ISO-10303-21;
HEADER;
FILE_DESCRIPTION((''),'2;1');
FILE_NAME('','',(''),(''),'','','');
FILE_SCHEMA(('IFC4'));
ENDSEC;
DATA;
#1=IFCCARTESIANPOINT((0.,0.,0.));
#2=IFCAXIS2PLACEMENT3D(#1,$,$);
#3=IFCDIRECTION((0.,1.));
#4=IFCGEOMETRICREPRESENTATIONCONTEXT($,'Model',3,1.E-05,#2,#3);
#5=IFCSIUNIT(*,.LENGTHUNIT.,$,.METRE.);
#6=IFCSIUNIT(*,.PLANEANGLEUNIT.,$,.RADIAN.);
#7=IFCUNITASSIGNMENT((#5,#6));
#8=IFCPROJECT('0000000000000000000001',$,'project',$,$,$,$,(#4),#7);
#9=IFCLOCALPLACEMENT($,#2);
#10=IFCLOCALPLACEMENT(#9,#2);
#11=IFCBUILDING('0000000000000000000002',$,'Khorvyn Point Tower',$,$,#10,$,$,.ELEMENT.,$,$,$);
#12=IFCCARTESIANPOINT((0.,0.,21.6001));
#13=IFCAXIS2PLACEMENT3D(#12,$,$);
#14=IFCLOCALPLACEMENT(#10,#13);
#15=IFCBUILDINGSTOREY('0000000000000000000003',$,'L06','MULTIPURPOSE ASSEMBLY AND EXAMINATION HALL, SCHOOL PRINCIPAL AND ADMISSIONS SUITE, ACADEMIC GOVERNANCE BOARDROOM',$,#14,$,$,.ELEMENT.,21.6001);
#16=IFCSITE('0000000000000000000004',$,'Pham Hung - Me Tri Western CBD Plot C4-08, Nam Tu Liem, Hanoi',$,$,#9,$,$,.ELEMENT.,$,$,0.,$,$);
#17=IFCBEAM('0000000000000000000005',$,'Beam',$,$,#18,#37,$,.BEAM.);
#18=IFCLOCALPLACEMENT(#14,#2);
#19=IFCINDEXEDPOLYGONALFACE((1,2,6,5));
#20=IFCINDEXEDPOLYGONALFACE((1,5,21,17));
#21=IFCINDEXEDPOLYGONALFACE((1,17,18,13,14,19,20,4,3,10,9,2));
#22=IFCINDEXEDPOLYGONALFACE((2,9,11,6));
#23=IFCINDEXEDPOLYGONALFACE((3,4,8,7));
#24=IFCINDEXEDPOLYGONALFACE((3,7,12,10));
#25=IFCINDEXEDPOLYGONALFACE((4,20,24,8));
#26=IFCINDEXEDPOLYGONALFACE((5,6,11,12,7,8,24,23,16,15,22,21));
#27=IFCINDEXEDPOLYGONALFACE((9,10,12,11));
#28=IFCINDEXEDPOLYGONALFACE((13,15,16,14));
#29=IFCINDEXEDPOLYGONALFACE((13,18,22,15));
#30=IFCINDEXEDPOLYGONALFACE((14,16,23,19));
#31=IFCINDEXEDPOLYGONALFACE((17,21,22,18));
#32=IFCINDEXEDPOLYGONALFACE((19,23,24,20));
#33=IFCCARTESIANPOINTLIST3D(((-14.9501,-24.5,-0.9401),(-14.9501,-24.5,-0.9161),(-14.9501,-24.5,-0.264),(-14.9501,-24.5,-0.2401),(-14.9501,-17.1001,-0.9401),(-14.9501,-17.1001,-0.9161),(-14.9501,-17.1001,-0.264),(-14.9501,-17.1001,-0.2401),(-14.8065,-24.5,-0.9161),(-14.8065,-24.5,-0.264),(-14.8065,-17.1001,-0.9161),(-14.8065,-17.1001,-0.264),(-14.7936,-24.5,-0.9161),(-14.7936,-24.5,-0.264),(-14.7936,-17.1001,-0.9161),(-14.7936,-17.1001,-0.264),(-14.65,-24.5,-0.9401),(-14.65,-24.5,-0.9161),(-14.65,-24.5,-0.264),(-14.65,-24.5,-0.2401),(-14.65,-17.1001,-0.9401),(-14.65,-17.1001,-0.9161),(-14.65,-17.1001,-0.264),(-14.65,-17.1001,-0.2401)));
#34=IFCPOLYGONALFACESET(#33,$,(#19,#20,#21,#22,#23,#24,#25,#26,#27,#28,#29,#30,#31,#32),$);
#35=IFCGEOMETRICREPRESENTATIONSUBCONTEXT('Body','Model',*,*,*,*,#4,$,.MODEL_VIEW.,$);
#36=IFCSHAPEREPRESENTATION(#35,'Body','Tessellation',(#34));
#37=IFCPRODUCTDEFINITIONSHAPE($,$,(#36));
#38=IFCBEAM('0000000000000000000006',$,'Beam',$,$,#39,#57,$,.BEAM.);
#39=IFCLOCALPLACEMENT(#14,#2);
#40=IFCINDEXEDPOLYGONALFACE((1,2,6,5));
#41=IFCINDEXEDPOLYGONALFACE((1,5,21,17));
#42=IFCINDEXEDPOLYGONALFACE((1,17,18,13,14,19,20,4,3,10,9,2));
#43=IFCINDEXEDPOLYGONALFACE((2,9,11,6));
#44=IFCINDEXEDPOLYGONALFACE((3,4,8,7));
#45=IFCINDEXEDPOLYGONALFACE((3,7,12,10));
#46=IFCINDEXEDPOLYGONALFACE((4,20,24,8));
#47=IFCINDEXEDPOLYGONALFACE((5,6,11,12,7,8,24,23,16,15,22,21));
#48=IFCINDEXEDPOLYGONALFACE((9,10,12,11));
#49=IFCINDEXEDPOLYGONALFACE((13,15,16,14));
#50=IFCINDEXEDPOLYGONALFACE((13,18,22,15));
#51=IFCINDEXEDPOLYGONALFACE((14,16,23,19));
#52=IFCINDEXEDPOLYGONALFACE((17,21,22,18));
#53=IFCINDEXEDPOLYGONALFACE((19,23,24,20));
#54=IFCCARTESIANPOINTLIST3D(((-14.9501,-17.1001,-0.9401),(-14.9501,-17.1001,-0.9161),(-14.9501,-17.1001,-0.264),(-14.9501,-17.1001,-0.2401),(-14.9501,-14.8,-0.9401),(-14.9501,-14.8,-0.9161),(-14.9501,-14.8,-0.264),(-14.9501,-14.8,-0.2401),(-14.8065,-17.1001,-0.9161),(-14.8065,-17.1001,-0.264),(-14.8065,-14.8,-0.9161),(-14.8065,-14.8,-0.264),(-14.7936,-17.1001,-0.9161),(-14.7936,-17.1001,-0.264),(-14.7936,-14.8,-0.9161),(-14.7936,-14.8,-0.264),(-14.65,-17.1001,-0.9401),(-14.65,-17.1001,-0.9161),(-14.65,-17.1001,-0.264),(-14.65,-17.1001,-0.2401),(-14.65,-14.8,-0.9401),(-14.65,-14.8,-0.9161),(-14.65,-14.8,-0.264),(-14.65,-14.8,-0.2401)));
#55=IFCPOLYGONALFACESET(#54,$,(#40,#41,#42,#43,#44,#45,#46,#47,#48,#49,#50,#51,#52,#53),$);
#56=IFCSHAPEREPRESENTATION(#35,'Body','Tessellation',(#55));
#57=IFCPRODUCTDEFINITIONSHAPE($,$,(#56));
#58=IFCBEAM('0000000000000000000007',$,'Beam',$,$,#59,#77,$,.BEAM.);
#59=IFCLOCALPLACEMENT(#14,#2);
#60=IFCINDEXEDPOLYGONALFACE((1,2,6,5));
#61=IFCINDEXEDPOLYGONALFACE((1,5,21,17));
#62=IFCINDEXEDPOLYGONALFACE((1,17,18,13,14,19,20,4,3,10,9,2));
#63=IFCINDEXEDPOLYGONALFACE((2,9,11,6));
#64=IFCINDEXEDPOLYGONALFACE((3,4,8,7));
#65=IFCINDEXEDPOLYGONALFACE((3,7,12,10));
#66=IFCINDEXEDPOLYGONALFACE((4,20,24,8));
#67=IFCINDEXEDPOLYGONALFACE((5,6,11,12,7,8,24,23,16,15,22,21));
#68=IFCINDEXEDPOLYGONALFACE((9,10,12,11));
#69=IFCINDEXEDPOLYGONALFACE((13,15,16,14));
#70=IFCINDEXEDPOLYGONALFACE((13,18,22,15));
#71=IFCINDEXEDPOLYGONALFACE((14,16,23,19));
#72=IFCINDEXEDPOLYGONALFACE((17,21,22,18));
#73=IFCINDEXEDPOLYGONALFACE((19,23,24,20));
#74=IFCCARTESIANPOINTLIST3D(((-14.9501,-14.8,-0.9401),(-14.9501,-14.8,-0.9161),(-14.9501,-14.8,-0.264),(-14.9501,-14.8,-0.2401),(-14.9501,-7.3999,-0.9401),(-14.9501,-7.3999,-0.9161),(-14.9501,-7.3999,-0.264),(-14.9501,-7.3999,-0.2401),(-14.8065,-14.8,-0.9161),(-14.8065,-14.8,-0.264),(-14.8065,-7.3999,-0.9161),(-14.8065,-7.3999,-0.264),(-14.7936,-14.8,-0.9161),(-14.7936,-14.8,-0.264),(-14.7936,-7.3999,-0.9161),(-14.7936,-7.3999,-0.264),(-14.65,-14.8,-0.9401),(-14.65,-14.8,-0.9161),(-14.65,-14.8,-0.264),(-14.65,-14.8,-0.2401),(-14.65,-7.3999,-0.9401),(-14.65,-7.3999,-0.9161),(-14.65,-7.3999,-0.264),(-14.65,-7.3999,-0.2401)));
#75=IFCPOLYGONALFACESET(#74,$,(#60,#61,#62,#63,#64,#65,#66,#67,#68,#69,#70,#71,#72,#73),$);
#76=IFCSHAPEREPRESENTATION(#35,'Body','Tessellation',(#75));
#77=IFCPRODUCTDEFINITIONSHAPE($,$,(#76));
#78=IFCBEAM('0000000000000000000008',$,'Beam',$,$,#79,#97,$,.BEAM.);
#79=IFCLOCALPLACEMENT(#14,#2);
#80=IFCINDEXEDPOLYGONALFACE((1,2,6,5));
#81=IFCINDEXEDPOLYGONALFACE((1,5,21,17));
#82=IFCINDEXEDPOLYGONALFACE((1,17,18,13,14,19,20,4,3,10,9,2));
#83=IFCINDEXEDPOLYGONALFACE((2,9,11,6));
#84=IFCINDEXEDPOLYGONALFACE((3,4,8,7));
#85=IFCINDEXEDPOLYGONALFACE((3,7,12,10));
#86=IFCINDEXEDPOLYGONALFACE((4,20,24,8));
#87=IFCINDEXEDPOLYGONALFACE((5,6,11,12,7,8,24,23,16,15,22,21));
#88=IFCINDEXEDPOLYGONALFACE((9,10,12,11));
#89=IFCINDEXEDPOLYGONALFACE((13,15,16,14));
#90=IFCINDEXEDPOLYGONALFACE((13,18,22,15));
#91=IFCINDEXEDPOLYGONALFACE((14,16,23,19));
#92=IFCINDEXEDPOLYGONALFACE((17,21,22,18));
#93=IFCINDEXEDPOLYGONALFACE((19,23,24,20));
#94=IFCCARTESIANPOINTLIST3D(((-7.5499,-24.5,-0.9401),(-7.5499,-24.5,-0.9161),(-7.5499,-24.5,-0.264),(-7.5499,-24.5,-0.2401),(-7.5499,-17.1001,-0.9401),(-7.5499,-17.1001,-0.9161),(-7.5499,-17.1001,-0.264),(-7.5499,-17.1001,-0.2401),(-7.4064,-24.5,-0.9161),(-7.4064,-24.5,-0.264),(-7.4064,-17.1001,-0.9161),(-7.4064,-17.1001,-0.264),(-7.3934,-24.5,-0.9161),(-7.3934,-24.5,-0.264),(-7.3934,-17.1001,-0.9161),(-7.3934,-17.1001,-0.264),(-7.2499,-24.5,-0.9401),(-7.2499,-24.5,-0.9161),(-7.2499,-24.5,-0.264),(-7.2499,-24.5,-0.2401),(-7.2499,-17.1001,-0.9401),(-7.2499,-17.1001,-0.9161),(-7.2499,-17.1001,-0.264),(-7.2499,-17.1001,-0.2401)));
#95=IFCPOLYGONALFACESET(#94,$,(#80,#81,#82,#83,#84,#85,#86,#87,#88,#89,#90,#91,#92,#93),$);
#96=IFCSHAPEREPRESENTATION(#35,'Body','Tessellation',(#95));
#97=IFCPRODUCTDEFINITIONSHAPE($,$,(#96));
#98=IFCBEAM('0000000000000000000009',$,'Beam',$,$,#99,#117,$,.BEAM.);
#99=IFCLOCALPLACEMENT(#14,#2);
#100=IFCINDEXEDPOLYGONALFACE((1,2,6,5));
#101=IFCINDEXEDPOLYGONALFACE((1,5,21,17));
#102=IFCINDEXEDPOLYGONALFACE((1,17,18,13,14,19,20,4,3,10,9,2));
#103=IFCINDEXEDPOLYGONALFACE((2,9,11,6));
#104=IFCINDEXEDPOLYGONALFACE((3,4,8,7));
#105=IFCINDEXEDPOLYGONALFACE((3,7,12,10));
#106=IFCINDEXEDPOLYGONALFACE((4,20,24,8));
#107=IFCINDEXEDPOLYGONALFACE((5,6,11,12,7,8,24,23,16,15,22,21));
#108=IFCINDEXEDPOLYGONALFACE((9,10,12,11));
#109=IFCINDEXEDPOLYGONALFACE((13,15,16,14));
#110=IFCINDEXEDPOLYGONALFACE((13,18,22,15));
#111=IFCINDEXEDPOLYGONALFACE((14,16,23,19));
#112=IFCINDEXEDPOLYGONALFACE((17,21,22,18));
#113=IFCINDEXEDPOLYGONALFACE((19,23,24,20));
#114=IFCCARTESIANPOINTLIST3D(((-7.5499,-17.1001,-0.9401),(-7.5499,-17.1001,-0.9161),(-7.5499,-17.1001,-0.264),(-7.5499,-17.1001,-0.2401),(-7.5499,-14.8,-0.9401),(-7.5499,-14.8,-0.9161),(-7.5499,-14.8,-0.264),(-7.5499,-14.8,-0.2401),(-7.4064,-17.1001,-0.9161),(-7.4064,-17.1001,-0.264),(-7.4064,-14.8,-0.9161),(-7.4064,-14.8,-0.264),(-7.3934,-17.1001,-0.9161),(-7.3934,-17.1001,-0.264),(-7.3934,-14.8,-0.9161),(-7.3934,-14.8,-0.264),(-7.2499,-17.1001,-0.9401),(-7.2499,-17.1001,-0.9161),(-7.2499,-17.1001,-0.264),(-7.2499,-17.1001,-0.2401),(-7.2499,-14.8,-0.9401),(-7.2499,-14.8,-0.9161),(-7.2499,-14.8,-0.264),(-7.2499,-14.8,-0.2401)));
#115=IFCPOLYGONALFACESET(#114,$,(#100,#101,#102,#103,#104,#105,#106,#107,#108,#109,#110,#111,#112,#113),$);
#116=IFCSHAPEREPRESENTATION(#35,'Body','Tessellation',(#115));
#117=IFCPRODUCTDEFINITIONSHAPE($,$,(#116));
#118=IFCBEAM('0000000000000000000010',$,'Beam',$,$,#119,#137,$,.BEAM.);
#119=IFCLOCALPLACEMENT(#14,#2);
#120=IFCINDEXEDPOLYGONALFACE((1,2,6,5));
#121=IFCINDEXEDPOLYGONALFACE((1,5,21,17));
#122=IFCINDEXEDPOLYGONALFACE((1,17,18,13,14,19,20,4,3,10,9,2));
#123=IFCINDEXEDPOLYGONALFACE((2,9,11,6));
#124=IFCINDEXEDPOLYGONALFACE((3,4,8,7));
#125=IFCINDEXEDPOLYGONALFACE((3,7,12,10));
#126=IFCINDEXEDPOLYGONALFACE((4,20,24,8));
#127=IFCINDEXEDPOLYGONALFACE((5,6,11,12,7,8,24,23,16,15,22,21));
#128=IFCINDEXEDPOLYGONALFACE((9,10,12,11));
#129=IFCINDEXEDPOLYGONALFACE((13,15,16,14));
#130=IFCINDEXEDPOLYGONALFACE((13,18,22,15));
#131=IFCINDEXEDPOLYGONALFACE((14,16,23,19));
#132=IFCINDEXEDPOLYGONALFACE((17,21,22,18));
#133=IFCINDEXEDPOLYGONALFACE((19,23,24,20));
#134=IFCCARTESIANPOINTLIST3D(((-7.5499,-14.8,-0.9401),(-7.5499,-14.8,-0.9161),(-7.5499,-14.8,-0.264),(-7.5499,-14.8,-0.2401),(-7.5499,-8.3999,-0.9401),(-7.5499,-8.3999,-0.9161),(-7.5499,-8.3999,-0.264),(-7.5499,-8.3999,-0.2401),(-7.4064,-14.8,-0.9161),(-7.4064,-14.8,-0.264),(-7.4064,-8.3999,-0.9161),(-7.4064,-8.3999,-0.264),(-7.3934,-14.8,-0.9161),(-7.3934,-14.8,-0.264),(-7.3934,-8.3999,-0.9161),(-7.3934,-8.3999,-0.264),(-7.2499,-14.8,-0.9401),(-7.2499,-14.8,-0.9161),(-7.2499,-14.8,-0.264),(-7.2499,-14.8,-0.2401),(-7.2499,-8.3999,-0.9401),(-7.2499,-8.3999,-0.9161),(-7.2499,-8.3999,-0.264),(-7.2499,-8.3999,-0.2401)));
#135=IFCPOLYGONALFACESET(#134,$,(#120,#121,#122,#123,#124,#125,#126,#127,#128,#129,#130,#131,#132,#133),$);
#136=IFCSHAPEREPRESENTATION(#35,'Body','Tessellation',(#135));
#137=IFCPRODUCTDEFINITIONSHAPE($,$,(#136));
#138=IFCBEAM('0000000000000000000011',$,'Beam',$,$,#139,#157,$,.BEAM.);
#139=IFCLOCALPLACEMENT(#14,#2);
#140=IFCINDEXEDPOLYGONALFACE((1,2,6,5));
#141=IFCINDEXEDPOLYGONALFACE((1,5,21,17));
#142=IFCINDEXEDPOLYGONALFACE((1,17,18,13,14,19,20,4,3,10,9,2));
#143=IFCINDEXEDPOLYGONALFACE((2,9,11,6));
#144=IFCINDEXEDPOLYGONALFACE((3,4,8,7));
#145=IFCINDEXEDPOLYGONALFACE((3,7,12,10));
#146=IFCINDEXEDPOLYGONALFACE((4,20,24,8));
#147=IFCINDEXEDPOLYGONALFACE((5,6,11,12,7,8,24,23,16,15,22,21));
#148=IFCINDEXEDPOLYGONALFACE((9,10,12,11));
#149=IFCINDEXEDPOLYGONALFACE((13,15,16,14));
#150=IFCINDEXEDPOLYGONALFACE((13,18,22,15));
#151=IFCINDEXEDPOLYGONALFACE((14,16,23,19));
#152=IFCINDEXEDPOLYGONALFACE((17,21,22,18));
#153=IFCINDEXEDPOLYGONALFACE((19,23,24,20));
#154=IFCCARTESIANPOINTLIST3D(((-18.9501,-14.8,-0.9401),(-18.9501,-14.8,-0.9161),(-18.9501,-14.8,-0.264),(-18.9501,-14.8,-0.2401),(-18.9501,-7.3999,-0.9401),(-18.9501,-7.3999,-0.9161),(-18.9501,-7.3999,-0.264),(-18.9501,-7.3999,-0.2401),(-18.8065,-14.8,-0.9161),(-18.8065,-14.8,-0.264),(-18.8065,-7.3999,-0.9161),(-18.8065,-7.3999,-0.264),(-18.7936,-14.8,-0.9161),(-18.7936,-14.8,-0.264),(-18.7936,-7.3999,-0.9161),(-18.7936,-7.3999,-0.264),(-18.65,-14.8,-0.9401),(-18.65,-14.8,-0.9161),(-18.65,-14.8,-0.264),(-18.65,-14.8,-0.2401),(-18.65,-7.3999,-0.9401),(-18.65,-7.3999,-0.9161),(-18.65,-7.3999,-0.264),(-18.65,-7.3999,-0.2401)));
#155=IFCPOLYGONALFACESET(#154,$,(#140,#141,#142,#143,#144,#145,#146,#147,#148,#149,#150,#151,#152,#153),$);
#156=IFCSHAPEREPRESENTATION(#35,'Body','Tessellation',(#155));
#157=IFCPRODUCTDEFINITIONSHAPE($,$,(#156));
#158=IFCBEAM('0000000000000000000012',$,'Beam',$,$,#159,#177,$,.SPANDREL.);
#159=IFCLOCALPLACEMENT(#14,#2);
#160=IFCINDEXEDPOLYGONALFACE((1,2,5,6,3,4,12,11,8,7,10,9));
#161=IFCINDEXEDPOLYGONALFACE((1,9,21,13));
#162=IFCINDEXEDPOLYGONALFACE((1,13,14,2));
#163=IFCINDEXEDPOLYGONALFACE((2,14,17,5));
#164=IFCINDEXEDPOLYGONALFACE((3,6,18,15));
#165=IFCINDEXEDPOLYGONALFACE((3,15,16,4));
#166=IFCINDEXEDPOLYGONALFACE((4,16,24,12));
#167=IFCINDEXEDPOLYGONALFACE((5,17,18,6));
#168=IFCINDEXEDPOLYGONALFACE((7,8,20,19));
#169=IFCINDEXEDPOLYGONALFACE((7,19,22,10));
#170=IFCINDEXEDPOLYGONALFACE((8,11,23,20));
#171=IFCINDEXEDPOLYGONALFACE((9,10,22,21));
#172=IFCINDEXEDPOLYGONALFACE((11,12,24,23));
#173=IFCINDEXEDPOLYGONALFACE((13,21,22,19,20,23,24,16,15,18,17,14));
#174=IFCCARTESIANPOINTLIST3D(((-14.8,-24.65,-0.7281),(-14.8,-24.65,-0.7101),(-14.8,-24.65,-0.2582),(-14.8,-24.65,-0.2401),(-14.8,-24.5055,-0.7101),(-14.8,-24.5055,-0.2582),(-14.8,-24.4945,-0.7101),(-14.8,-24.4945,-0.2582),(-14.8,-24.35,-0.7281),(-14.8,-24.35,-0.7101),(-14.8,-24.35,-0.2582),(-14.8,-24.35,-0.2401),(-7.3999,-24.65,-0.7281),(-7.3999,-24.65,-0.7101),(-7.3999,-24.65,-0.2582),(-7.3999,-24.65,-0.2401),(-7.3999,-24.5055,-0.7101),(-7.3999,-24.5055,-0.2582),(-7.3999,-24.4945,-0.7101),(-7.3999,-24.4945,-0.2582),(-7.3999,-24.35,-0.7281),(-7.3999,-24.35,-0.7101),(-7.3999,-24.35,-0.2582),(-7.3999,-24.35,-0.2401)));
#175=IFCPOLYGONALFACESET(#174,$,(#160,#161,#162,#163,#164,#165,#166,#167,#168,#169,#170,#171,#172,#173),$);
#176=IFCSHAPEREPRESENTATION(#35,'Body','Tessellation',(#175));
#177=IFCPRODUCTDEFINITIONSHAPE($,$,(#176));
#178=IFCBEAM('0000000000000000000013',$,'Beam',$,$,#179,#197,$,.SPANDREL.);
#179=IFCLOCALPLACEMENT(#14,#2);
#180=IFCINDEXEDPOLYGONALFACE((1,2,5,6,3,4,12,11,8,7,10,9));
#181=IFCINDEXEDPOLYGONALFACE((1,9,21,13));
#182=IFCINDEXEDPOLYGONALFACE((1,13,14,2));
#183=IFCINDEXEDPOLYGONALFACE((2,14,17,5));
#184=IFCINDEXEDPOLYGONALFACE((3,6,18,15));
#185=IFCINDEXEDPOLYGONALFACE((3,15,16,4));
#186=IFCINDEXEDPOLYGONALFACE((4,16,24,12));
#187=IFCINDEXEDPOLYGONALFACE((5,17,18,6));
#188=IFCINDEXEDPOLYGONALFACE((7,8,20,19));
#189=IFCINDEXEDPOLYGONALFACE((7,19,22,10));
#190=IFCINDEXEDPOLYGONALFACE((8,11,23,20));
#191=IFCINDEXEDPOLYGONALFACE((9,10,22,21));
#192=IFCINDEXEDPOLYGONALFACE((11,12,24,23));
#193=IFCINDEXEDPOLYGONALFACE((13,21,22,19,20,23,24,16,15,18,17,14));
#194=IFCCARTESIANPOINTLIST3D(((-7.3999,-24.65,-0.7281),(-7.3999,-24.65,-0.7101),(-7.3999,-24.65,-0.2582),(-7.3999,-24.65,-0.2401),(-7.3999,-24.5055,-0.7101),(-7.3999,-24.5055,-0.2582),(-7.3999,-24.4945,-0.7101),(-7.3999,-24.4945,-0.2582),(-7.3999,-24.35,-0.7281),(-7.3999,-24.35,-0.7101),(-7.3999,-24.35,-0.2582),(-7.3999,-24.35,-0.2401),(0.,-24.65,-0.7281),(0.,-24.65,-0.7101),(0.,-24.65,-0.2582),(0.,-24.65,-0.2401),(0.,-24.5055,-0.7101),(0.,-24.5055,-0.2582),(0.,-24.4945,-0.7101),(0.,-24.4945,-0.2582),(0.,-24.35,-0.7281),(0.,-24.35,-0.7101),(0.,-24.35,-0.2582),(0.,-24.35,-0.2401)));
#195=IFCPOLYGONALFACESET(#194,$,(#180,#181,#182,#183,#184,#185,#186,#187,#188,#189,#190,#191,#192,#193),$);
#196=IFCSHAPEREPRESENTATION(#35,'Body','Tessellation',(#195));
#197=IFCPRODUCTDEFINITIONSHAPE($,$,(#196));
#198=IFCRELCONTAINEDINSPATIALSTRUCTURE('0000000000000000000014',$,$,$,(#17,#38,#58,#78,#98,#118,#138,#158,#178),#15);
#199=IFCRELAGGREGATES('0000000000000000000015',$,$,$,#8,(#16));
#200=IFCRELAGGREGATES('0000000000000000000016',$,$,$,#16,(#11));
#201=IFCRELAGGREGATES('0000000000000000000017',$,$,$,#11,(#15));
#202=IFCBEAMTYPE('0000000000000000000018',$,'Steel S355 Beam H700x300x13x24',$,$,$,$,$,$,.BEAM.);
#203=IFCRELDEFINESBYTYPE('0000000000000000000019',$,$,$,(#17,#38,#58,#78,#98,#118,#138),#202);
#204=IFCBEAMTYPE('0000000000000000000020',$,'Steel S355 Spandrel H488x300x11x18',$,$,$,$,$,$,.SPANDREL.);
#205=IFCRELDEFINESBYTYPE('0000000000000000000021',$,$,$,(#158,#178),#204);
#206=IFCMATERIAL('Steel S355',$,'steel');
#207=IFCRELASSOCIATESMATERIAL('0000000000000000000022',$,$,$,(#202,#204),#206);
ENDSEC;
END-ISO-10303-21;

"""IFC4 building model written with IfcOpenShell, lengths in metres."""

from ifc_helpers import new_model, si_unit, direction, frame, origin, origin_2d, place, context, subcontext, project, spatial, i_section, extrude, material, material_profile, profile_set, type_object, element, save


model = new_model("IFC4")

# Units and contexts
model_context = context("Model", 3, precision=1e-05, world=origin(), true_north=direction((0.0, 1.0)))
body_context = subcontext(model_context, "Body", "Model", "MODEL_VIEW")
ifc_project = project(units=[si_unit("LENGTHUNIT", "METRE"), si_unit("PLANEANGLEUNIT", "RADIAN")], contexts=[model_context])

# Site, building, storey
site_placement = place(None, origin())
site = spatial("IfcSite", under=ifc_project, at=site_placement, Name="Pham Hung - Me Tri Western CBD Plot C4-08, Nam Tu Liem, Hanoi", CompositionType="ELEMENT", RefElevation=0.0)
building_placement = place(site_placement, origin())
building = spatial("IfcBuilding", under=site, at=building_placement, Name="Khorvyn Point Tower", CompositionType="ELEMENT")
storey_placement = place(building_placement, frame((0.0, 0.0, 21.6001)))
storey = spatial("IfcBuildingStorey", under=building, at=storey_placement, Name="L06", Description="MULTIPURPOSE ASSEMBLY AND EXAMINATION HALL, SCHOOL PRINCIPAL AND ADMISSIONS SUITE, ACADEMIC GOVERNANCE BOARDROOM", CompositionType="ELEMENT", Elevation=21.6001)

# Beams
ifc_material_1 = material(Name="Steel S355", Category="steel")
ifc_material_profile_1 = material_profile(ifc_material_1, i_section(OverallWidth=0.3, OverallDepth=0.7, WebThickness=0.0129, FlangeThickness=0.0239, at=origin_2d()))
ifc_profile_set_1 = profile_set([ifc_material_profile_1], Name="Steel S355 H700x300x13x24")
beam_type_1 = type_object("IfcBeamType", Name="Steel S355 Beam H700x300x13x24", PredefinedType="BEAM", material=ifc_profile_set_1)
beam_1_placement = place(storey_placement, frame((-14.8, -24.5, -0.5901), z_axis=(0.0, 1.0, 0.0), x_axis=(-1.0, 0.0, 0.0)))
element("IfcBeam", 1, at=beam_1_placement, inside=storey, type_object=beam_type_1, Name="Beam", PredefinedType="BEAM", context=body_context, shape_type="SweptSolid", body=[
    extrude(i_section(OverallWidth=0.3, OverallDepth=0.7, WebThickness=0.0129, FlangeThickness=0.0239, at=origin_2d()), origin(), (0.0, 0.0, 1.0), 7.3999),
])
beam_2_placement = place(storey_placement, frame((-14.8, -17.1001, -0.5901), z_axis=(0.0, 1.0, 0.0), x_axis=(-1.0, 0.0, 0.0)))
element("IfcBeam", 2, at=beam_2_placement, inside=storey, type_object=beam_type_1, Name="Beam", PredefinedType="BEAM", context=body_context, shape_type="SweptSolid", body=[
    extrude(i_section(OverallWidth=0.3, OverallDepth=0.7, WebThickness=0.0129, FlangeThickness=0.0239, at=origin_2d()), origin(), (0.0, 0.0, 1.0), 2.3),
])
beam_3_placement = place(storey_placement, frame((-14.8, -14.8, -0.5901), z_axis=(0.0, 1.0, 0.0), x_axis=(-1.0, 0.0, 0.0)))
element("IfcBeam", 3, at=beam_3_placement, inside=storey, type_object=beam_type_1, Name="Beam", PredefinedType="BEAM", context=body_context, shape_type="SweptSolid", body=[
    extrude(i_section(OverallWidth=0.3, OverallDepth=0.7, WebThickness=0.0129, FlangeThickness=0.0239, at=origin_2d()), origin(), (0.0, 0.0, 1.0), 7.4001),
])
beam_4_placement = place(storey_placement, frame((-7.3999, -24.5, -0.5901), z_axis=(0.0, 1.0, 0.0), x_axis=(-1.0, 0.0, 0.0)))
element("IfcBeam", 4, at=beam_4_placement, inside=storey, type_object=beam_type_1, Name="Beam", PredefinedType="BEAM", context=body_context, shape_type="SweptSolid", body=[
    extrude(i_section(OverallWidth=0.3, OverallDepth=0.7, WebThickness=0.0129, FlangeThickness=0.0239, at=origin_2d()), origin(), (0.0, 0.0, 1.0), 7.3999),
])
beam_5_placement = place(storey_placement, frame((-7.3999, -17.1001, -0.5901), z_axis=(0.0, 1.0, 0.0), x_axis=(-1.0, 0.0, 0.0)))
element("IfcBeam", 5, at=beam_5_placement, inside=storey, type_object=beam_type_1, Name="Beam", PredefinedType="BEAM", context=body_context, shape_type="SweptSolid", body=[
    extrude(i_section(OverallWidth=0.3, OverallDepth=0.7, WebThickness=0.0129, FlangeThickness=0.0239, at=origin_2d()), origin(), (0.0, 0.0, 1.0), 2.3),
])
beam_6_placement = place(storey_placement, frame((-7.3999, -14.8, -0.5901), z_axis=(0.0, 1.0, 0.0), x_axis=(-1.0, 0.0, 0.0)))
element("IfcBeam", 6, at=beam_6_placement, inside=storey, type_object=beam_type_1, Name="Beam", PredefinedType="BEAM", context=body_context, shape_type="SweptSolid", body=[
    extrude(i_section(OverallWidth=0.3, OverallDepth=0.7, WebThickness=0.0129, FlangeThickness=0.0239, at=origin_2d()), origin(), (0.0, 0.0, 1.0), 6.4001),
])
beam_7_placement = place(storey_placement, frame((-18.8, -14.8, -0.5901), z_axis=(0.0, 1.0, 0.0), x_axis=(-1.0, 0.0, 0.0)))
element("IfcBeam", 7, at=beam_7_placement, inside=storey, type_object=beam_type_1, Name="Beam", PredefinedType="BEAM", context=body_context, shape_type="SweptSolid", body=[
    extrude(i_section(OverallWidth=0.3, OverallDepth=0.7, WebThickness=0.0129, FlangeThickness=0.0239, at=origin_2d()), origin(), (0.0, 0.0, 1.0), 7.4001),
])
ifc_material_profile_2 = material_profile(ifc_material_1, i_section(OverallWidth=0.3, OverallDepth=0.488, WebThickness=0.011, FlangeThickness=0.0181, at=origin_2d()))
ifc_profile_set_2 = profile_set([ifc_material_profile_2], Name="Steel S355 H488x300x11x18")
beam_type_2 = type_object("IfcBeamType", Name="Steel S355 Spandrel H488x300x11x18", PredefinedType="SPANDREL", material=ifc_profile_set_2)
beam_8_placement = place(storey_placement, frame((-14.8, -24.5, -0.4841), z_axis=(1.0, 0.0, 0.0), x_axis=(0.0, 1.0, 0.0)))
element("IfcBeam", 8, at=beam_8_placement, inside=storey, type_object=beam_type_2, Name="Beam", PredefinedType="SPANDREL", context=body_context, shape_type="SweptSolid", body=[
    extrude(i_section(OverallWidth=0.3, OverallDepth=0.488, WebThickness=0.011, FlangeThickness=0.0181, at=origin_2d()), origin(), (0.0, 0.0, 1.0), 7.4001),
])
beam_9_placement = place(storey_placement, frame((-7.3999, -24.5, -0.4841), z_axis=(1.0, 0.0, 0.0), x_axis=(0.0, 1.0, 0.0)))
element("IfcBeam", 9, at=beam_9_placement, inside=storey, type_object=beam_type_2, Name="Beam", PredefinedType="SPANDREL", context=body_context, shape_type="SweptSolid", body=[
    extrude(i_section(OverallWidth=0.3, OverallDepth=0.488, WebThickness=0.011, FlangeThickness=0.0181, at=origin_2d()), origin(), (0.0, 0.0, 1.0), 7.3999),
])

save(model, "model.ifc")
